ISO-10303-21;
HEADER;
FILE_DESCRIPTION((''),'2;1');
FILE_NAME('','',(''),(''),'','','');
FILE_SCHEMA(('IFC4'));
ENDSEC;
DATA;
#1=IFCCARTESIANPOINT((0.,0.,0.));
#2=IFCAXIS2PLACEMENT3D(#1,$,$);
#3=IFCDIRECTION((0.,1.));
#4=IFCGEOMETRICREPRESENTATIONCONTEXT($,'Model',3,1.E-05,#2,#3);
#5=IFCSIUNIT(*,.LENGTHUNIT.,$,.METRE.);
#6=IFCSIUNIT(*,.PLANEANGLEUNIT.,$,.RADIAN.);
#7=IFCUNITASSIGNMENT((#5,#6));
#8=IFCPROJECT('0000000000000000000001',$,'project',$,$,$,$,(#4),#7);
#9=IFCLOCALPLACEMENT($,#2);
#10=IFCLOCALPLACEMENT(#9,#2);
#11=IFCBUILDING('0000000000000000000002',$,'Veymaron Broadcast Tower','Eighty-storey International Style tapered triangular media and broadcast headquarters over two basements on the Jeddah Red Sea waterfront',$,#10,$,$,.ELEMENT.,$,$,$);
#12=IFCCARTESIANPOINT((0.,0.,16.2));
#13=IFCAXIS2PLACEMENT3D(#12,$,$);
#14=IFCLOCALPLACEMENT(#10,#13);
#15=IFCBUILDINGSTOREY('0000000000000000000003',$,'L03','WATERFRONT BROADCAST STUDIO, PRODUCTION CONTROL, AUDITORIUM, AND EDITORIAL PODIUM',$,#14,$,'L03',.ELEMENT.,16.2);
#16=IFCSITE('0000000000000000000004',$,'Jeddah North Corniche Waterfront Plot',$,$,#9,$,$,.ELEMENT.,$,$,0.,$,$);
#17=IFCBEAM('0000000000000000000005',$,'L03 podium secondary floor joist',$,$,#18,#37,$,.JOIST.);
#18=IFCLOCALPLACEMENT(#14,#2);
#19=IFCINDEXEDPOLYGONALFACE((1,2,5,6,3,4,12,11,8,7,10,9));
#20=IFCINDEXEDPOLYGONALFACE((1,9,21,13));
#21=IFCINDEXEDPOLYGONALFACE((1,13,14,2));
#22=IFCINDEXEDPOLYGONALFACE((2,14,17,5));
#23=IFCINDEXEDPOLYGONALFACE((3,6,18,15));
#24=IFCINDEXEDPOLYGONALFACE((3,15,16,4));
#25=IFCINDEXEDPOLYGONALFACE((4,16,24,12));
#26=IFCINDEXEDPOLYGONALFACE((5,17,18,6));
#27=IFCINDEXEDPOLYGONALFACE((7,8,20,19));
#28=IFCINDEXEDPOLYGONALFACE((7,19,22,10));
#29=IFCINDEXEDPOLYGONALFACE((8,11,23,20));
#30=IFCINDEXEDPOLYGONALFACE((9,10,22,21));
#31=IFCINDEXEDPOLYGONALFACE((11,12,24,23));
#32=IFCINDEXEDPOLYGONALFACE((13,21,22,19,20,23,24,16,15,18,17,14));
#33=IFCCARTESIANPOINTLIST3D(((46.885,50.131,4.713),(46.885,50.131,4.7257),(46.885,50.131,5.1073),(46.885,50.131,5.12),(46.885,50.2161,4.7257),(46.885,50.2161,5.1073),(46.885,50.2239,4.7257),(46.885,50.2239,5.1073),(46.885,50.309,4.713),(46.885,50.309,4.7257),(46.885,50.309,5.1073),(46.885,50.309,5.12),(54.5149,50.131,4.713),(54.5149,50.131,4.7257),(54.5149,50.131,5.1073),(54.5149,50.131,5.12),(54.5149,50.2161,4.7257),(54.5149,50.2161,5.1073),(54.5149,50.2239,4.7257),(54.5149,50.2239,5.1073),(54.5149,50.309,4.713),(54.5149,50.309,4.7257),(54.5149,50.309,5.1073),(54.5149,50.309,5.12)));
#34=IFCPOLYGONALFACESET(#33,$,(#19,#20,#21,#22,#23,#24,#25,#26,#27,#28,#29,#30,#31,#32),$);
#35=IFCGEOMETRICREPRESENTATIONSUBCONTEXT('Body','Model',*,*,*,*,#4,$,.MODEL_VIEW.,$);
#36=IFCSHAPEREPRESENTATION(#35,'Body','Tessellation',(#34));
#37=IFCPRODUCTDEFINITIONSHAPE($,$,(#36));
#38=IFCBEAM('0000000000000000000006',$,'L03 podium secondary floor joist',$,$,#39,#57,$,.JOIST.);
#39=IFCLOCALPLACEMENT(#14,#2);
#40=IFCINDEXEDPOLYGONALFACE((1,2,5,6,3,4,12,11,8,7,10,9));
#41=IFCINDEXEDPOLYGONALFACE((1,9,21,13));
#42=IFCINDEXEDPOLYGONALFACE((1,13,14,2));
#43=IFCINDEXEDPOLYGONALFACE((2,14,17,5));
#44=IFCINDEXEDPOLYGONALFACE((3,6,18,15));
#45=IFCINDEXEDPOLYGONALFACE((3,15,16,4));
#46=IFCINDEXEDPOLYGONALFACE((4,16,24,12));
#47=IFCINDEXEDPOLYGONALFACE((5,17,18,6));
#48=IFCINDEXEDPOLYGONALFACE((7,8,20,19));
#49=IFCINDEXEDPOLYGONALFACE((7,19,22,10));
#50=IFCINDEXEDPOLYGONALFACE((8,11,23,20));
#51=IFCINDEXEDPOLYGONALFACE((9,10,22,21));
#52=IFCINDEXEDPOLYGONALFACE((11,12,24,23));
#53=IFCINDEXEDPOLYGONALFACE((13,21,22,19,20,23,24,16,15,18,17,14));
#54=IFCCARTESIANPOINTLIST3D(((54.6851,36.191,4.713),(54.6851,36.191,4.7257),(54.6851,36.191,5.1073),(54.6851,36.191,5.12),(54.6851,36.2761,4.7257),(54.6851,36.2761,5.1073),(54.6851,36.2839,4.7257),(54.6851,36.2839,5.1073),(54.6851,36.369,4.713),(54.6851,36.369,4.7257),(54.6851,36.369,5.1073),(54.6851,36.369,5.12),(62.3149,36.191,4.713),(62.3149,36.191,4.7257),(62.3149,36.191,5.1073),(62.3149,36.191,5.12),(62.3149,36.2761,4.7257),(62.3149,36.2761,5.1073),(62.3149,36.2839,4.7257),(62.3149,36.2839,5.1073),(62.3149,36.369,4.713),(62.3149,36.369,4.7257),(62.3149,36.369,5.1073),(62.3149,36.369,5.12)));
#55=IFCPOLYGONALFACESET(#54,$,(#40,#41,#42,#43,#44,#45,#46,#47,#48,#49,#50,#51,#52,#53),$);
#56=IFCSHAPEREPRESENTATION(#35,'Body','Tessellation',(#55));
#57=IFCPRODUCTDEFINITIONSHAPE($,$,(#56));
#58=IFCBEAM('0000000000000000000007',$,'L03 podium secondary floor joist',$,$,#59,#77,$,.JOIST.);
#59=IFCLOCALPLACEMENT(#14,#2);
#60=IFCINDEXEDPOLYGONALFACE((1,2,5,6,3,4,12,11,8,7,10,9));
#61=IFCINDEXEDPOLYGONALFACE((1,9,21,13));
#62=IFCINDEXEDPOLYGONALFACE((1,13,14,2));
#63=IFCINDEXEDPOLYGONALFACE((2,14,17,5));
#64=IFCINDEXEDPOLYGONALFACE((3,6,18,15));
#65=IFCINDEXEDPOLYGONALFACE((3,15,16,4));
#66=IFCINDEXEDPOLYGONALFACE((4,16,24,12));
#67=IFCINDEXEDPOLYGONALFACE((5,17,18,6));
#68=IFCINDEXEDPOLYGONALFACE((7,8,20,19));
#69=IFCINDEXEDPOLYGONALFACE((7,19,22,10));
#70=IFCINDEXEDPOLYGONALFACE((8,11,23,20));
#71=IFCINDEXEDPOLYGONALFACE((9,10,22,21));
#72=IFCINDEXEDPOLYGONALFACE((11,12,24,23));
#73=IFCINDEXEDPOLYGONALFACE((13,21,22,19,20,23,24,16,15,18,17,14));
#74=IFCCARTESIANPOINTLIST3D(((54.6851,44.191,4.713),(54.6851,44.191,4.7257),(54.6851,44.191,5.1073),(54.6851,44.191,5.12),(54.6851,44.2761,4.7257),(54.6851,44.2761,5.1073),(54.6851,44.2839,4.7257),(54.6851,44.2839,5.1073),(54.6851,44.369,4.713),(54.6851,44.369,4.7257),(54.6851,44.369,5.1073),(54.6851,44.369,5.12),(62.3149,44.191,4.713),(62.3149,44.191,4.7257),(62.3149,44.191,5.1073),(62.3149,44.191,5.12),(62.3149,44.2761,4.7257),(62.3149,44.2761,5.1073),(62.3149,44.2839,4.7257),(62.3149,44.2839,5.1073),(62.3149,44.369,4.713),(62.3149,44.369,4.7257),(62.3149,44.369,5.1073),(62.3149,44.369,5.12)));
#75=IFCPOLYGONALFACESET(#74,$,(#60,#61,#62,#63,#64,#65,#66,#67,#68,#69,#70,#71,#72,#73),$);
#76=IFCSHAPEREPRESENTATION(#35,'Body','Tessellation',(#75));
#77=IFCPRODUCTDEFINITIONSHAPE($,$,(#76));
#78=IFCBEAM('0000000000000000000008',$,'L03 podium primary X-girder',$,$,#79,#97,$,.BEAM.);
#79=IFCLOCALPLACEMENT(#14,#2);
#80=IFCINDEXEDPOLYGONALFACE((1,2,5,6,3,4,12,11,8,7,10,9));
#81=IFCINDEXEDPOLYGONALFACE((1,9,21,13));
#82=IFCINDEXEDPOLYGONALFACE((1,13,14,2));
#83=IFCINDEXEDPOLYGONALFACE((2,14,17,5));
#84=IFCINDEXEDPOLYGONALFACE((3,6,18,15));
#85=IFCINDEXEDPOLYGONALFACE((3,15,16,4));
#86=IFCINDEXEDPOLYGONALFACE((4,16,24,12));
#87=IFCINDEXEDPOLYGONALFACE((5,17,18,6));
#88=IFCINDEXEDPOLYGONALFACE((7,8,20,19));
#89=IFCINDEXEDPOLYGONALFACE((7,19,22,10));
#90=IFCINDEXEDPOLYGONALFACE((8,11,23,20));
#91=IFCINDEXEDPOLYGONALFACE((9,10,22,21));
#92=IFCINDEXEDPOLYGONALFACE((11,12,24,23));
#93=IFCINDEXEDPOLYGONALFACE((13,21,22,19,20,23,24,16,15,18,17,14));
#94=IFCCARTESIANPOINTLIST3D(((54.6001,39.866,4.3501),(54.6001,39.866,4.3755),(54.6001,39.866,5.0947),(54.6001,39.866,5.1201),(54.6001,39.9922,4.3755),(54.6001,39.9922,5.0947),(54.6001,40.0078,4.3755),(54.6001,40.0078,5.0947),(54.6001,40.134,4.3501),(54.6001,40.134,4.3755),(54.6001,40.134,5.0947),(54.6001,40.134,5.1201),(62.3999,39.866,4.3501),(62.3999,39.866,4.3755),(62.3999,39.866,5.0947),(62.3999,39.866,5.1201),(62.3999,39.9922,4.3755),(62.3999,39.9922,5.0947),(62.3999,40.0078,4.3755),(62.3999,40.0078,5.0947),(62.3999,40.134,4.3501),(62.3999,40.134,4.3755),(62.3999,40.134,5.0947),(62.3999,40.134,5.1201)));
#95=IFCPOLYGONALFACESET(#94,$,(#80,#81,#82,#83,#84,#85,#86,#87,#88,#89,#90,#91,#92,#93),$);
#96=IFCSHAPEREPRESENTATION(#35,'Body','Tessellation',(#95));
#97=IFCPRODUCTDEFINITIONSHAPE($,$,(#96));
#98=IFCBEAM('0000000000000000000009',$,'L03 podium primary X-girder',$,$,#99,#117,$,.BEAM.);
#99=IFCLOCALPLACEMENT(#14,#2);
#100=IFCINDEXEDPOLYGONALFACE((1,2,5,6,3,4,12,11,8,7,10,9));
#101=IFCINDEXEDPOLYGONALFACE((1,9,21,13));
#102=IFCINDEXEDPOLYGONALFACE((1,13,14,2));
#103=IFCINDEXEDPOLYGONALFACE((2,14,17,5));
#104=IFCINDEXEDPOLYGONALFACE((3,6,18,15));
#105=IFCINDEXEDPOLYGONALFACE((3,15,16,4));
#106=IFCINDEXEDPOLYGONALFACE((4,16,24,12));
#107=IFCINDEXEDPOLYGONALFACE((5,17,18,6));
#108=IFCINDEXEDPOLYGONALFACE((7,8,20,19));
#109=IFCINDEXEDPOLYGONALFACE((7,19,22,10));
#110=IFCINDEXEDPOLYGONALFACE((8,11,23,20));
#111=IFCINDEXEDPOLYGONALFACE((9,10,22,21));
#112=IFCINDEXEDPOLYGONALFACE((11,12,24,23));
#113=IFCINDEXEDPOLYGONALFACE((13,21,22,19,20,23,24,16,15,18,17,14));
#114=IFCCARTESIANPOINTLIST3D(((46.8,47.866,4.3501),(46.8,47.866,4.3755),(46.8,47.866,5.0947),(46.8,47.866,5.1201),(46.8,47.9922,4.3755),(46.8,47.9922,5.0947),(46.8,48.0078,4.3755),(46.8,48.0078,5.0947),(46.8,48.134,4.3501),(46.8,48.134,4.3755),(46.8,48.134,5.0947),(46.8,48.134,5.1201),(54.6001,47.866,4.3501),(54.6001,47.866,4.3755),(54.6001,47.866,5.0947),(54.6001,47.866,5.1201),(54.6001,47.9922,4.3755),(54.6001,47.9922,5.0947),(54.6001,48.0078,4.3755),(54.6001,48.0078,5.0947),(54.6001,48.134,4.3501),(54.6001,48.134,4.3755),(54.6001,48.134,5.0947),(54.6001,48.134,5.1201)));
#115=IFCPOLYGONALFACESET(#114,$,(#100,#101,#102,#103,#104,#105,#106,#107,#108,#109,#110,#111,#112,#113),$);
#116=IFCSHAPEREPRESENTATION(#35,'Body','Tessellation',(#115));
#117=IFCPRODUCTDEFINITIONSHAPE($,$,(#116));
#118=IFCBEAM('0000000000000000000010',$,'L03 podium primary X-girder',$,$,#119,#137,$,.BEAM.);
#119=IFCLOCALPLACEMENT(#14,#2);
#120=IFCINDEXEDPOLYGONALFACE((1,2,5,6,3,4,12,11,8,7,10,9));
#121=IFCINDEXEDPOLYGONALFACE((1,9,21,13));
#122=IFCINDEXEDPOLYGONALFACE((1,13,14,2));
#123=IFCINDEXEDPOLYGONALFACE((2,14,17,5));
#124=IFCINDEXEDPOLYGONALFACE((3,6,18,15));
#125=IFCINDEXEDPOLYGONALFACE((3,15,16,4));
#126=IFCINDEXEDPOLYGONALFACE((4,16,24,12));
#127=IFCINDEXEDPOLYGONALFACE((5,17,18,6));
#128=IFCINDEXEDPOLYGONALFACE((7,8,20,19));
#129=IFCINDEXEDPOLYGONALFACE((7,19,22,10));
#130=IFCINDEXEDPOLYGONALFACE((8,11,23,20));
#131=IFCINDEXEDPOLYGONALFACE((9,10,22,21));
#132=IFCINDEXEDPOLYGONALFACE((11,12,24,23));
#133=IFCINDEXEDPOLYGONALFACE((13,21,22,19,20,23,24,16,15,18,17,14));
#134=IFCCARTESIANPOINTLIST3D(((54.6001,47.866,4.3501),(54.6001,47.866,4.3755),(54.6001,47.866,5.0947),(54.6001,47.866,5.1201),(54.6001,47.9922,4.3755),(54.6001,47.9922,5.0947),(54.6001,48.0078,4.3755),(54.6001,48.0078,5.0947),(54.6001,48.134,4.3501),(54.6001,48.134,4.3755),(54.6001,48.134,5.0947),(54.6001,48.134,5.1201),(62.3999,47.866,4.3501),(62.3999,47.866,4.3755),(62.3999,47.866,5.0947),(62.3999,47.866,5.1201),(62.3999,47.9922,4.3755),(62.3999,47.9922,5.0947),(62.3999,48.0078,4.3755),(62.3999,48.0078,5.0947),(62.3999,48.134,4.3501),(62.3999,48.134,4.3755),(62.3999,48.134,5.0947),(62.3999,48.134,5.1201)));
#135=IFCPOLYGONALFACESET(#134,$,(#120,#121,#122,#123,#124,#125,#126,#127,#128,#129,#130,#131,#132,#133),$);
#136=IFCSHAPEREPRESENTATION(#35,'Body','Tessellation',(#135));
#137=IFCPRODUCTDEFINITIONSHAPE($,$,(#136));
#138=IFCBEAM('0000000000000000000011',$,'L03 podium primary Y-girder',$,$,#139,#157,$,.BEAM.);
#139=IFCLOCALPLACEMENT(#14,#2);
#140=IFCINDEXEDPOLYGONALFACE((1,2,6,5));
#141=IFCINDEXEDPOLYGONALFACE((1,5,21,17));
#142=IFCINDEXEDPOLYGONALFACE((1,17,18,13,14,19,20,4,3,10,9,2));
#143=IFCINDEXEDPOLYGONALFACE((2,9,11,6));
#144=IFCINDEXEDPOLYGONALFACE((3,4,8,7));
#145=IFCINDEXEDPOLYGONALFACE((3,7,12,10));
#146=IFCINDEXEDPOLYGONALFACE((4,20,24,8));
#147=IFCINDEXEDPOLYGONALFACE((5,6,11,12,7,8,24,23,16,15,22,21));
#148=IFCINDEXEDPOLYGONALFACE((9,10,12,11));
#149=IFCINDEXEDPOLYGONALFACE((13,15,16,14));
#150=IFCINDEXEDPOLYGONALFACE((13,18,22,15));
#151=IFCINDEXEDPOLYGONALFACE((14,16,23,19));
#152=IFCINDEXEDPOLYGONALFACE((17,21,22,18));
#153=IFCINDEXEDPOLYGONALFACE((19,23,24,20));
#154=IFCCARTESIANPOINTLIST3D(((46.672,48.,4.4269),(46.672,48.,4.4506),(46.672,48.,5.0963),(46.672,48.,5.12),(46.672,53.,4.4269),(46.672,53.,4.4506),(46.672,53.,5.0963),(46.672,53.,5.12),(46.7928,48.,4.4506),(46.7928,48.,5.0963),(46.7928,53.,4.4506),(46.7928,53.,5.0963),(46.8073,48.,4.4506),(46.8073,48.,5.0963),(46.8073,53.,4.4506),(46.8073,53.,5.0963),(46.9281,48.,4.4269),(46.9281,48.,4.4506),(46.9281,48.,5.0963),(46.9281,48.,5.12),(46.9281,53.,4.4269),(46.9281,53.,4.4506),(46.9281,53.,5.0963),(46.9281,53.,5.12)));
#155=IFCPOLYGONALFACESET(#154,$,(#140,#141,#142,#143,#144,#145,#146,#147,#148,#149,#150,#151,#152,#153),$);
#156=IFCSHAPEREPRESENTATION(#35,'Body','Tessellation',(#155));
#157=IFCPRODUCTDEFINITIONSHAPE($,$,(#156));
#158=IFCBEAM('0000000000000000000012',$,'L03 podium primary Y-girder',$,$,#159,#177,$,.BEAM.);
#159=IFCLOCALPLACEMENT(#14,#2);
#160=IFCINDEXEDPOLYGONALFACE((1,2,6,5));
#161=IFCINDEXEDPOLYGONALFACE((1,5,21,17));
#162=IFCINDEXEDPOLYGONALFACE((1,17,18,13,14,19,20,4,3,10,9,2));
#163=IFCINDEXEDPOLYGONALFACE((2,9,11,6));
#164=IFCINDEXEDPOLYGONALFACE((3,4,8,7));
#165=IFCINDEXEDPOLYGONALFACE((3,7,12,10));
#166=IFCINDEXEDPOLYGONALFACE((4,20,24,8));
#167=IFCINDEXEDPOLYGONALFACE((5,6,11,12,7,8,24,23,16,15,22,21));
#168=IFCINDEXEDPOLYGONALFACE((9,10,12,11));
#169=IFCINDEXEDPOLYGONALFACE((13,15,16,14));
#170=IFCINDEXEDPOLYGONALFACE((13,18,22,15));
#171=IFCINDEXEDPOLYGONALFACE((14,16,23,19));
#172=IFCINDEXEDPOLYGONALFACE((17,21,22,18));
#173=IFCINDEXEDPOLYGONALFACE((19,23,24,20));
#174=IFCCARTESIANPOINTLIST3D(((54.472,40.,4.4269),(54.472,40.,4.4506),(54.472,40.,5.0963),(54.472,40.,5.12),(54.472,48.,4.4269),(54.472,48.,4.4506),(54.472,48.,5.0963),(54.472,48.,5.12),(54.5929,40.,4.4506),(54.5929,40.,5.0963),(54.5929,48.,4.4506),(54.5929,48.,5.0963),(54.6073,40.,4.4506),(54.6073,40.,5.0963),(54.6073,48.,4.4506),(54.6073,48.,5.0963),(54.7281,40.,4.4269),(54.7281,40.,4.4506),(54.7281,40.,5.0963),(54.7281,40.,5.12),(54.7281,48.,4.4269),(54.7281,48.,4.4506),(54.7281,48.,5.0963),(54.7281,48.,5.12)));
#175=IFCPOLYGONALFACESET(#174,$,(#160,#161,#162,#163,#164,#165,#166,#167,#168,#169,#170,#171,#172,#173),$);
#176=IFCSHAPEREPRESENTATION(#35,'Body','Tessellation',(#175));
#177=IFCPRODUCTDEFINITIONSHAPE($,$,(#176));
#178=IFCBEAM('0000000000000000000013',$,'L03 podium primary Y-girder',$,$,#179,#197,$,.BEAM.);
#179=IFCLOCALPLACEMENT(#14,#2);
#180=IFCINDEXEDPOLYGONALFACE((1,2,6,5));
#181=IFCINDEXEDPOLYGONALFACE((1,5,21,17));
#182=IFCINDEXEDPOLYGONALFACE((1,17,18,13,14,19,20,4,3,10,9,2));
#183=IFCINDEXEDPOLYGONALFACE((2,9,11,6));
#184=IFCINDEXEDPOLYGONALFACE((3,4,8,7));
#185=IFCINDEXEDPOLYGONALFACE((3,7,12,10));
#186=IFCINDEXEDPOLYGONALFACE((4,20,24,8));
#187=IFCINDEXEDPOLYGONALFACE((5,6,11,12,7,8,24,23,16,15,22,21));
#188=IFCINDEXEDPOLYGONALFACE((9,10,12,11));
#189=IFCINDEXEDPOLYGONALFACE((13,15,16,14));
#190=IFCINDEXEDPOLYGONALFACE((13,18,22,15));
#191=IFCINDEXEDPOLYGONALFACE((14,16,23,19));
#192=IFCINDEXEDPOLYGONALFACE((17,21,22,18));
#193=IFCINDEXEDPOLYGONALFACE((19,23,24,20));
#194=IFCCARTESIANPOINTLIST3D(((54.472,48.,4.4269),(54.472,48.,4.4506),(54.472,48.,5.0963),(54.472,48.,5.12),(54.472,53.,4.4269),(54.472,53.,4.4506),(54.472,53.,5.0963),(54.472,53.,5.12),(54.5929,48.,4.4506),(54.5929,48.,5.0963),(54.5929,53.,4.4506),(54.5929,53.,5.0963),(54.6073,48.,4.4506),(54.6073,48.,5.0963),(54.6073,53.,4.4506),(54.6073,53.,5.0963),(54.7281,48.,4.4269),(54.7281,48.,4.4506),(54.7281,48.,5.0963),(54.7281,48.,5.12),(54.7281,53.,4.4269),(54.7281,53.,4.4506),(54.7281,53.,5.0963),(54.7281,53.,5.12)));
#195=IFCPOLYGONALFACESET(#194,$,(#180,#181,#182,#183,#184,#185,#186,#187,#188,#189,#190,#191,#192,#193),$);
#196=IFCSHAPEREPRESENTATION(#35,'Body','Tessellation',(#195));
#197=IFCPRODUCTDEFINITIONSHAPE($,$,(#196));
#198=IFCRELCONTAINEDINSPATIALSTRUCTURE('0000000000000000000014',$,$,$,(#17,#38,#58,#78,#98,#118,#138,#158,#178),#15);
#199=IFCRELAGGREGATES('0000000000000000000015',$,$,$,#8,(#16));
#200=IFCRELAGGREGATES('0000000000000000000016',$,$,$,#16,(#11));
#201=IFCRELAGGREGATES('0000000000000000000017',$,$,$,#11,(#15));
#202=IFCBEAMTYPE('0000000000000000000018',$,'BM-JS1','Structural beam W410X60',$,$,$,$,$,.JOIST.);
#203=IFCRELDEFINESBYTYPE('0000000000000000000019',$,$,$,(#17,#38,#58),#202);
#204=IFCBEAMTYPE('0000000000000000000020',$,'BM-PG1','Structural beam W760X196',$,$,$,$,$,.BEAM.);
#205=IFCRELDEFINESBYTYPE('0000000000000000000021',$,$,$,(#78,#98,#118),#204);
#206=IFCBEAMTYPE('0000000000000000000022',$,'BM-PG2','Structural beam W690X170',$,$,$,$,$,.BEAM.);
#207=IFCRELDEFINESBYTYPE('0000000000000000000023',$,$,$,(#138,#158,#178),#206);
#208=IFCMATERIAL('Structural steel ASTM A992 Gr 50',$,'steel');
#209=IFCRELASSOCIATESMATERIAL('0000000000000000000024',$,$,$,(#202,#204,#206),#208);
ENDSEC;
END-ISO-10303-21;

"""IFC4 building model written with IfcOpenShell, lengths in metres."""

from ifc_helpers import new_model, si_unit, direction, frame, origin, origin_2d, place, context, subcontext, project, spatial, i_section, extrude, material, material_profile, profile_set, type_object, element, save


model = new_model("IFC4")

# Units and contexts
model_context = context("Model", 3, precision=1e-05, world=origin(), true_north=direction((0.0, 1.0)))
body_context = subcontext(model_context, "Body", "Model", "MODEL_VIEW")
ifc_project = project(units=[si_unit("LENGTHUNIT", "METRE"), si_unit("PLANEANGLEUNIT", "RADIAN")], contexts=[model_context])

# Site, building, storey
site_placement = place(None, origin())
site = spatial("IfcSite", under=ifc_project, at=site_placement, Name="Jeddah North Corniche Waterfront Plot", CompositionType="ELEMENT", RefElevation=0.0)
building_placement = place(site_placement, origin())
building = spatial("IfcBuilding", under=site, at=building_placement, Name="Veymaron Broadcast Tower", Description="Eighty-storey International Style tapered triangular media and broadcast headquarters over two basements on the Jeddah Red Sea waterfront", CompositionType="ELEMENT")
storey_placement = place(building_placement, frame((0.0, 0.0, 16.2)))
storey = spatial("IfcBuildingStorey", under=building, at=storey_placement, Name="L03", Description="WATERFRONT BROADCAST STUDIO, PRODUCTION CONTROL, AUDITORIUM, AND EDITORIAL PODIUM", LongName="L03", CompositionType="ELEMENT", Elevation=16.2)

# Shared definitions
ifc_material_1 = material(Name="Structural steel ASTM A992 Gr 50", Category="steel")

# Beams
ifc_material_profile_1 = material_profile(ifc_material_1, i_section(OverallWidth=0.178, OverallDepth=0.407, WebThickness=0.0078, FlangeThickness=0.0127, at=origin_2d()), Name="W410X60")
ifc_profile_set_1 = profile_set([ifc_material_profile_1], Name="Structural steel ASTM A992 Gr 50")
beam_type_1 = type_object("IfcBeamType", Name="BM-JS1", Description="Structural beam W410X60", PredefinedType="JOIST", material=ifc_profile_set_1)
for number, where, z_axis, x_axis, name in (
    (1, (46.885, 50.22, 4.9165), (1.0, 0.0, 0.0), (0.0, 1.0, 0.0), "L03 podium secondary floor joist"),
    (2, (54.6851, 36.28, 4.9165), (1.0, 0.0, 0.0), (0.0, 1.0, 0.0), "L03 podium secondary floor joist"),
    (3, (54.6851, 44.28, 4.9165), (1.0, 0.0, 0.0), (0.0, 1.0, 0.0), "L03 podium secondary floor joist"),
):
    element("IfcBeam", number, at=place(storey_placement, frame(where, z_axis=z_axis, x_axis=x_axis)), inside=storey, type_object=beam_type_1, Name=name, PredefinedType="JOIST", context=body_context, shape_type="SweptSolid", body=[
        extrude(i_section(OverallWidth=0.178, OverallDepth=0.407, WebThickness=0.0078, FlangeThickness=0.0127, at=origin_2d()), origin(), (0.0, 0.0, 1.0), 7.6299),
    ])
ifc_material_profile_2 = material_profile(ifc_material_1, i_section(OverallWidth=0.2681, OverallDepth=0.77, WebThickness=0.0156, FlangeThickness=0.0254, at=origin_2d()), Name="W760X196")
ifc_profile_set_2 = profile_set([ifc_material_profile_2], Name="Structural steel ASTM A992 Gr 50")
beam_type_2 = type_object("IfcBeamType", Name="BM-PG1", Description="Structural beam W760X196", PredefinedType="BEAM", material=ifc_profile_set_2)
beam_1_placement = place(storey_placement, frame((54.6001, 40.0, 4.7351), z_axis=(1.0, 0.0, 0.0), x_axis=(0.0, 1.0, 0.0)))
element("IfcBeam", 4, at=beam_1_placement, inside=storey, type_object=beam_type_2, Name="L03 podium primary X-girder", PredefinedType="BEAM", context=body_context, shape_type="SweptSolid", body=[
    extrude(i_section(OverallWidth=0.2681, OverallDepth=0.77, WebThickness=0.0156, FlangeThickness=0.0254, at=origin_2d()), origin(), (0.0, 0.0, 1.0), 7.7998),
])
beam_2_placement = place(storey_placement, frame((46.8, 48.0, 4.7351), z_axis=(1.0, 0.0, 0.0), x_axis=(0.0, 1.0, 0.0)))
element("IfcBeam", 5, at=beam_2_placement, inside=storey, type_object=beam_type_2, Name="L03 podium primary X-girder", PredefinedType="BEAM", context=body_context, shape_type="SweptSolid", body=[
    extrude(i_section(OverallWidth=0.2681, OverallDepth=0.77, WebThickness=0.0156, FlangeThickness=0.0254, at=origin_2d()), origin(), (0.0, 0.0, 1.0), 7.8),
])
beam_3_placement = place(storey_placement, frame((54.6001, 48.0, 4.7351), z_axis=(1.0, 0.0, 0.0), x_axis=(0.0, 1.0, 0.0)))
element("IfcBeam", 6, at=beam_3_placement, inside=storey, type_object=beam_type_2, Name="L03 podium primary X-girder", PredefinedType="BEAM", context=body_context, shape_type="SweptSolid", body=[
    extrude(i_section(OverallWidth=0.2681, OverallDepth=0.77, WebThickness=0.0156, FlangeThickness=0.0254, at=origin_2d()), origin(), (0.0, 0.0, 1.0), 7.7998),
])
ifc_material_profile_3 = material_profile(ifc_material_1, i_section(OverallWidth=0.2561, OverallDepth=0.6931, WebThickness=0.0144, FlangeThickness=0.0237, at=origin_2d()), Name="W690X170")
ifc_profile_set_3 = profile_set([ifc_material_profile_3], Name="Structural steel ASTM A992 Gr 50")
beam_type_3 = type_object("IfcBeamType", Name="BM-PG2", Description="Structural beam W690X170", PredefinedType="BEAM", material=ifc_profile_set_3)
beam_4_placement = place(storey_placement, frame((46.8, 48.0, 4.7734), z_axis=(0.0, 1.0, 0.0), x_axis=(-1.0, 0.0, 0.0)))
element("IfcBeam", 7, at=beam_4_placement, inside=storey, type_object=beam_type_3, Name="L03 podium primary Y-girder", PredefinedType="BEAM", context=body_context, shape_type="SweptSolid", body=[
    extrude(i_section(OverallWidth=0.2561, OverallDepth=0.6931, WebThickness=0.0144, FlangeThickness=0.0237, at=origin_2d()), origin(), (0.0, 0.0, 1.0), 5.0),
])
beam_5_placement = place(storey_placement, frame((54.6001, 40.0, 4.7734), z_axis=(0.0, 1.0, 0.0), x_axis=(-1.0, 0.0, 0.0)))
element("IfcBeam", 8, at=beam_5_placement, inside=storey, type_object=beam_type_3, Name="L03 podium primary Y-girder", PredefinedType="BEAM", context=body_context, shape_type="SweptSolid", body=[
    extrude(i_section(OverallWidth=0.2561, OverallDepth=0.6931, WebThickness=0.0144, FlangeThickness=0.0237, at=origin_2d()), origin(), (0.0, 0.0, 1.0), 8.0),
])
beam_6_placement = place(storey_placement, frame((54.6001, 48.0, 4.7734), z_axis=(0.0, 1.0, 0.0), x_axis=(-1.0, 0.0, 0.0)))
element("IfcBeam", 9, at=beam_6_placement, inside=storey, type_object=beam_type_3, Name="L03 podium primary Y-girder", PredefinedType="BEAM", context=body_context, shape_type="SweptSolid", body=[
    extrude(i_section(OverallWidth=0.2561, OverallDepth=0.6931, WebThickness=0.0144, FlangeThickness=0.0237, at=origin_2d()), origin(), (0.0, 0.0, 1.0), 5.0),
])

save(model, "model.ifc")
